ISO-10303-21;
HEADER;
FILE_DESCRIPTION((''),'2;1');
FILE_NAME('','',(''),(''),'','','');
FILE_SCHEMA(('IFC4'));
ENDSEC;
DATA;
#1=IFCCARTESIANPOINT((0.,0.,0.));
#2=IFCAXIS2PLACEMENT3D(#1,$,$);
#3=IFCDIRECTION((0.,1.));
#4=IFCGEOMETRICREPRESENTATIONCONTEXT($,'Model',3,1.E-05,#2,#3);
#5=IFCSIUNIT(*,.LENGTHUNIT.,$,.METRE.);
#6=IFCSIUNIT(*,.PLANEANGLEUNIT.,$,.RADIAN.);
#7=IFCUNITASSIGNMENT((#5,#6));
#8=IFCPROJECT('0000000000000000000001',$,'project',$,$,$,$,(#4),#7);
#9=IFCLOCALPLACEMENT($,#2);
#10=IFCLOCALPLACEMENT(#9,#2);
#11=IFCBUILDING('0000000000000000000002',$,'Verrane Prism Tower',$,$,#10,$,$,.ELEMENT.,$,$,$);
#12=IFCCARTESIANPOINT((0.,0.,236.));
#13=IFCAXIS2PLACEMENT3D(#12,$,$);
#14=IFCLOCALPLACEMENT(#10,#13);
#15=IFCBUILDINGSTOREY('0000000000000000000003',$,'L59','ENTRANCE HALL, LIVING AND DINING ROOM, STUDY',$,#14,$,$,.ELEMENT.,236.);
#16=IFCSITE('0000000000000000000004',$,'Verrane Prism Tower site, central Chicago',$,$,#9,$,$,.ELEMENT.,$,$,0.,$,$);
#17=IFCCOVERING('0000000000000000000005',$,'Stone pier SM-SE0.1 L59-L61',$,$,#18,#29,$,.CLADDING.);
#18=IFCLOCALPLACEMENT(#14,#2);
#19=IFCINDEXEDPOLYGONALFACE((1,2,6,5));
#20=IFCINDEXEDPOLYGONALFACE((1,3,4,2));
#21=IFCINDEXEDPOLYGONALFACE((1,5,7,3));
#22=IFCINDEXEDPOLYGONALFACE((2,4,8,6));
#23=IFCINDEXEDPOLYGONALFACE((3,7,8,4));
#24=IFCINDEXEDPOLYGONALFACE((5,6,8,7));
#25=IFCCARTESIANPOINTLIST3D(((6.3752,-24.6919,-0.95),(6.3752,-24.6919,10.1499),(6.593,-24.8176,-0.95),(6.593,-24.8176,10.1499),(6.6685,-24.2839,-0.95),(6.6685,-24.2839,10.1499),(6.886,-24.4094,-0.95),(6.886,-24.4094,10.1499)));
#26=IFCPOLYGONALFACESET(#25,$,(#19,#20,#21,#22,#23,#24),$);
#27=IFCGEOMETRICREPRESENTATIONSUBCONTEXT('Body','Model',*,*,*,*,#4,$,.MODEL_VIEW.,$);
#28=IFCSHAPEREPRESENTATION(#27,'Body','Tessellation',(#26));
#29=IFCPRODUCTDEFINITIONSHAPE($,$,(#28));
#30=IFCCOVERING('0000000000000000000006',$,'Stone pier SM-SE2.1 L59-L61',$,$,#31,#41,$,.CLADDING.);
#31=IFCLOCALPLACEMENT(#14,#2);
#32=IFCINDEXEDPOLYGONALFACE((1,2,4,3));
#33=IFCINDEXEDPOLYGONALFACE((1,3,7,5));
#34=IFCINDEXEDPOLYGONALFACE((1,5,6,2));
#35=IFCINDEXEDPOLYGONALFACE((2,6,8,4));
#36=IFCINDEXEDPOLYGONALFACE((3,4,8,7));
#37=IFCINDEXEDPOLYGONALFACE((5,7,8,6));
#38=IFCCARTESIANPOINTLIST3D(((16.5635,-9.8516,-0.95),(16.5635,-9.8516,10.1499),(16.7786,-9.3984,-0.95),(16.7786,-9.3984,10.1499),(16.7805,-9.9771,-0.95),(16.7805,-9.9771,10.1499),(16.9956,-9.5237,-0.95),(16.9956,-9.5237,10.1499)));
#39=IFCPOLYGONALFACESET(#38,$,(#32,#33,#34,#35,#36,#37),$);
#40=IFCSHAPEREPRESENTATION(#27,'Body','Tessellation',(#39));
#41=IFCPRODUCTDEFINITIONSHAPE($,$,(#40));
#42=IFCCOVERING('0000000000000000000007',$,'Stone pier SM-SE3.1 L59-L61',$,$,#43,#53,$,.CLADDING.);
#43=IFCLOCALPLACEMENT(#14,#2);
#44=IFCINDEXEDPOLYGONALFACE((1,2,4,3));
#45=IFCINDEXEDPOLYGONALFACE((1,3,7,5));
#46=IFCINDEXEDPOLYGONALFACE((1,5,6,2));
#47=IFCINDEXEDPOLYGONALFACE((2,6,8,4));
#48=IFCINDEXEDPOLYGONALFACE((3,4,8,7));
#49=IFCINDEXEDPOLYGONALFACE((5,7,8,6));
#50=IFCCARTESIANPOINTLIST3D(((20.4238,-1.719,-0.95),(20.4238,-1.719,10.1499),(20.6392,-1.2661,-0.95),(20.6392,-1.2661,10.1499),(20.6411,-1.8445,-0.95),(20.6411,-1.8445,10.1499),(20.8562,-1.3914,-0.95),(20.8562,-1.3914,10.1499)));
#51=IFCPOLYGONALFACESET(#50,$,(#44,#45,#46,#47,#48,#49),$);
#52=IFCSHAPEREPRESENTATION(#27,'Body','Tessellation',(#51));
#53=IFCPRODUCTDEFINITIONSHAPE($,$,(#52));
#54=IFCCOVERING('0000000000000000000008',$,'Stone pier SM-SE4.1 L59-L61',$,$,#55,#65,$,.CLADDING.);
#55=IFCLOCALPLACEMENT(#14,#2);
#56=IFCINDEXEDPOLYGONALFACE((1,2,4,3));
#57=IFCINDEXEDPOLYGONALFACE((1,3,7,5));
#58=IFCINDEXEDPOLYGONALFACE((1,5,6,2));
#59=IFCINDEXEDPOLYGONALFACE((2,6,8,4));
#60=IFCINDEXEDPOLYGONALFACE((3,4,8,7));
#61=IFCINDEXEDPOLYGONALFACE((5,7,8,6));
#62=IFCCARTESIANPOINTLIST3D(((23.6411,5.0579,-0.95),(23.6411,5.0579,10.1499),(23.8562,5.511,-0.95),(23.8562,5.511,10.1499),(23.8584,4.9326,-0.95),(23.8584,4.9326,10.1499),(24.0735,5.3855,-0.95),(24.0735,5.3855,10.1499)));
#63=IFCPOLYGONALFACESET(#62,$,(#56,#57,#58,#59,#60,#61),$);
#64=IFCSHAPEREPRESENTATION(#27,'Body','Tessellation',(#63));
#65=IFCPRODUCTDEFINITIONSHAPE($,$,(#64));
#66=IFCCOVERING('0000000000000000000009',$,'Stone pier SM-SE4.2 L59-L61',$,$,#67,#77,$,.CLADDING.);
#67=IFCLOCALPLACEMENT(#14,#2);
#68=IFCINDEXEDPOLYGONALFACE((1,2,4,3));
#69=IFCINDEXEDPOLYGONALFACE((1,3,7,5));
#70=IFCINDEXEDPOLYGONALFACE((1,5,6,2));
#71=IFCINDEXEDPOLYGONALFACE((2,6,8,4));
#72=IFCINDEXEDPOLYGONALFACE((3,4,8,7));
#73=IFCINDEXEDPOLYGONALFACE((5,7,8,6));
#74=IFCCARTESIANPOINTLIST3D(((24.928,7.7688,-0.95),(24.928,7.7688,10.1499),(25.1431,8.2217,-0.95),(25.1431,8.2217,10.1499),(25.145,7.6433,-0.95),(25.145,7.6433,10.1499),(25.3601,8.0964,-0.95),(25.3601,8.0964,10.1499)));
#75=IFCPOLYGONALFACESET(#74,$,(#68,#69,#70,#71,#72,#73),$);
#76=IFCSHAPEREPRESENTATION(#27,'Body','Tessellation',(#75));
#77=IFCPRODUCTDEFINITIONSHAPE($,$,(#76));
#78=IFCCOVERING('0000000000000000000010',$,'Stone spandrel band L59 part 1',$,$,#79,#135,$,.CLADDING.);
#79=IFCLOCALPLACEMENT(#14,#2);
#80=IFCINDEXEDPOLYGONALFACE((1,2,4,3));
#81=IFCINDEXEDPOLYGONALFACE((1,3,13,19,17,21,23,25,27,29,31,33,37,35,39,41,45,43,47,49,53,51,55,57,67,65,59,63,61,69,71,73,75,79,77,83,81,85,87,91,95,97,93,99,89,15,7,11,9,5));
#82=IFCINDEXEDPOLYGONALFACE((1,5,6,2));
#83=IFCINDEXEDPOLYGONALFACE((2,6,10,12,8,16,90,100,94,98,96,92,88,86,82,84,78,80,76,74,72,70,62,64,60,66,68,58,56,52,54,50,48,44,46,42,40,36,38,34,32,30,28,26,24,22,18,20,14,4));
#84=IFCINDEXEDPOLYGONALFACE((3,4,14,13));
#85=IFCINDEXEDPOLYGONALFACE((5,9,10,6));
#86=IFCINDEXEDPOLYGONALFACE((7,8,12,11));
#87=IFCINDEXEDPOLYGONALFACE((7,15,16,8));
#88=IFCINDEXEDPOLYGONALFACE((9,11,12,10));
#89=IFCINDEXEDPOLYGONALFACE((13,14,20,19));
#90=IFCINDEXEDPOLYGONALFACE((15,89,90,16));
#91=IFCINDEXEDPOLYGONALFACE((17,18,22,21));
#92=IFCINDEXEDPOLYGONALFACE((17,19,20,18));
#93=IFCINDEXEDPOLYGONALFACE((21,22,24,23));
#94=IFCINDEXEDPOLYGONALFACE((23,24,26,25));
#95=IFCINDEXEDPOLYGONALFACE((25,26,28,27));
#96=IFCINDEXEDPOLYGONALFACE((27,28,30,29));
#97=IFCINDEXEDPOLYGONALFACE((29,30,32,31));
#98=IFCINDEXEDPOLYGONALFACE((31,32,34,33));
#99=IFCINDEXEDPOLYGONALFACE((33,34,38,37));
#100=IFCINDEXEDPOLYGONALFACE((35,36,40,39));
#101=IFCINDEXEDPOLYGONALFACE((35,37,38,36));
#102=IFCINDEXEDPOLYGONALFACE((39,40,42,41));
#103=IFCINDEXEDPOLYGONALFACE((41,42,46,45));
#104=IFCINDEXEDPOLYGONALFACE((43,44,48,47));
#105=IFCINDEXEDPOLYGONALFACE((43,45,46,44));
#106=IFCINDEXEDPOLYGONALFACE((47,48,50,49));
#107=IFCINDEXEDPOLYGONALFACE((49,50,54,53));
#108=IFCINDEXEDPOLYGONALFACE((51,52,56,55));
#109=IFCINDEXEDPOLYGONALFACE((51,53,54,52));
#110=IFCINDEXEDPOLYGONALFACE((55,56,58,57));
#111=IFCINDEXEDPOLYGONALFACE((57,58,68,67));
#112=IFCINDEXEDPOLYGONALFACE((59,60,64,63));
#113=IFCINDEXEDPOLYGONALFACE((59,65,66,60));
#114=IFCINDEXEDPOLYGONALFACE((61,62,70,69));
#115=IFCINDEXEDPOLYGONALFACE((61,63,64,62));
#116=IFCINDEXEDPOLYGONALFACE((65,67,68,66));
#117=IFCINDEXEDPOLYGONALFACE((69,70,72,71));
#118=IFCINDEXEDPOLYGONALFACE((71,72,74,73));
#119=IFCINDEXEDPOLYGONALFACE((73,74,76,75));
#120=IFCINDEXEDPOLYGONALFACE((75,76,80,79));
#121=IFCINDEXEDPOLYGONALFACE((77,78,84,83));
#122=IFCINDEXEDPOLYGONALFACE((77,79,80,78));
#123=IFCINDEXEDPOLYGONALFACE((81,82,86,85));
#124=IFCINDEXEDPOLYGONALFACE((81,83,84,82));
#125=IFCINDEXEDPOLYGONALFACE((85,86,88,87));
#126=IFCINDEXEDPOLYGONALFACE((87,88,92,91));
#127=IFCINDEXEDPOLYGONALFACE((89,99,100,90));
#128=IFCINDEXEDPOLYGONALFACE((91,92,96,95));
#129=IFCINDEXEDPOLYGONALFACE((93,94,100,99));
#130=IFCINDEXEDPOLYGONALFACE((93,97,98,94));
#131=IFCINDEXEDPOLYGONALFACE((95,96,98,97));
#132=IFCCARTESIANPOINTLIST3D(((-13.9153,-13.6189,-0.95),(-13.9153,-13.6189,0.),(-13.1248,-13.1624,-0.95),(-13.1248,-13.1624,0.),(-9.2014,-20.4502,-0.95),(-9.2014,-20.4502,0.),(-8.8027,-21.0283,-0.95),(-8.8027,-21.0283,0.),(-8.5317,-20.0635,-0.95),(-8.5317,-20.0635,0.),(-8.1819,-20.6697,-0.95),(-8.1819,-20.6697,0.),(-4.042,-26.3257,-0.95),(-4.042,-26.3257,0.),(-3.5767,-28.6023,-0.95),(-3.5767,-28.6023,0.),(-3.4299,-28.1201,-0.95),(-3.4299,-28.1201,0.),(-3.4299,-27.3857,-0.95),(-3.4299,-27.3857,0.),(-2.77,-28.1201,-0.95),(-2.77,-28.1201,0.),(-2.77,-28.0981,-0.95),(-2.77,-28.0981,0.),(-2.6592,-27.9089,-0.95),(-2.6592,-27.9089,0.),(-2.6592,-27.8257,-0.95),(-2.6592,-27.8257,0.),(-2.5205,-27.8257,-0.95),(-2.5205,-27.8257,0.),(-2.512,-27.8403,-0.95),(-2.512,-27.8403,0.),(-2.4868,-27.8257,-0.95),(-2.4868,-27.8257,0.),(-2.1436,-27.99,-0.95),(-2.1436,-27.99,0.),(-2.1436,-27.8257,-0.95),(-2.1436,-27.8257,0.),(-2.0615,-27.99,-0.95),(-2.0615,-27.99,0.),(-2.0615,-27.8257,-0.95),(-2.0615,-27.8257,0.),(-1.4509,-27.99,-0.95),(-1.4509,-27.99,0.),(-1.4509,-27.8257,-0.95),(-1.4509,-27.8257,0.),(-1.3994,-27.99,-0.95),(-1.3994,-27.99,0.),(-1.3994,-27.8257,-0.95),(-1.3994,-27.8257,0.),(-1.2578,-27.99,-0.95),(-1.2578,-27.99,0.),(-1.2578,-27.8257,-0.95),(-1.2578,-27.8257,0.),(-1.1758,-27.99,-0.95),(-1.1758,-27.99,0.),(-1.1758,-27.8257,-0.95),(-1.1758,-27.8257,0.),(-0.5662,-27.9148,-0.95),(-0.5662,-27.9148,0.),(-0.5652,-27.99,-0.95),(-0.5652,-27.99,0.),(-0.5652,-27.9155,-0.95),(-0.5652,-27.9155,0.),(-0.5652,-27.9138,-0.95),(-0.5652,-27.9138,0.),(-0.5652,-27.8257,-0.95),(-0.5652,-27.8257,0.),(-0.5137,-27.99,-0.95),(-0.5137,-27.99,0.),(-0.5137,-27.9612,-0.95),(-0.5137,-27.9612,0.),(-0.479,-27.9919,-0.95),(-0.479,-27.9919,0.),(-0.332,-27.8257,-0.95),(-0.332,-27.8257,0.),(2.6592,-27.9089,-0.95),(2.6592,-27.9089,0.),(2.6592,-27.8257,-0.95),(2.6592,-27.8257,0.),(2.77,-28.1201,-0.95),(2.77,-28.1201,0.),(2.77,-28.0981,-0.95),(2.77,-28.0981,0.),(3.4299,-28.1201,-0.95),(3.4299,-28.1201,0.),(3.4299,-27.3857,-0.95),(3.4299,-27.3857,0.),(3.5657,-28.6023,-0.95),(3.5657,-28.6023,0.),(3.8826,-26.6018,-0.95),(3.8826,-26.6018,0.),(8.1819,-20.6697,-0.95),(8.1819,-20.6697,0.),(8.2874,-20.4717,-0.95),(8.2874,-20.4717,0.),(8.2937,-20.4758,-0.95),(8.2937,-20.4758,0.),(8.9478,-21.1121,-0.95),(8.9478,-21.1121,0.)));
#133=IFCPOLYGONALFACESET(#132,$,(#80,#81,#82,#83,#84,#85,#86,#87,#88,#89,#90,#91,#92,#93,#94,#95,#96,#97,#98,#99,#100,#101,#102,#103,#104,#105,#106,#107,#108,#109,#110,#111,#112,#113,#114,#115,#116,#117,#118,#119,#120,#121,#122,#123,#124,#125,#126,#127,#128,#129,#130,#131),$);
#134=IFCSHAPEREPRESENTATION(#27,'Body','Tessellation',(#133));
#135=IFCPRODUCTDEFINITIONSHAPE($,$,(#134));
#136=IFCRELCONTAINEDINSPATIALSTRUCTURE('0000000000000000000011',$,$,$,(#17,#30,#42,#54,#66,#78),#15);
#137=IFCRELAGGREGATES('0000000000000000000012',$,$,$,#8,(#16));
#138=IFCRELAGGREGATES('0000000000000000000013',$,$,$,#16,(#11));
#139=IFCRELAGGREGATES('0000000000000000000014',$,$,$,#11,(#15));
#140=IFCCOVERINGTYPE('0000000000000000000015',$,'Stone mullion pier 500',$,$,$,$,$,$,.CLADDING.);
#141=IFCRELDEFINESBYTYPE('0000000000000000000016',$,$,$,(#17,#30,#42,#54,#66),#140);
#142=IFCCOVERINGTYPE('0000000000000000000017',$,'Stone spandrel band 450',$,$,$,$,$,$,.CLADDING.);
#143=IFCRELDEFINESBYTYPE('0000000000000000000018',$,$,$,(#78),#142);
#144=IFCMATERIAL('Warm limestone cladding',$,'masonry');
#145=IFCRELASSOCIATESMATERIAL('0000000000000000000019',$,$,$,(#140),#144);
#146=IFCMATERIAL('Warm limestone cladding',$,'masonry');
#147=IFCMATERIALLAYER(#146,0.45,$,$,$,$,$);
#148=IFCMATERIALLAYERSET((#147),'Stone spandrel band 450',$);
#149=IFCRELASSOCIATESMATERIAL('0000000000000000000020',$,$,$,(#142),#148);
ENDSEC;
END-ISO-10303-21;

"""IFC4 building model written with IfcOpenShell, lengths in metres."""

from ifc_helpers import new_model, si_unit, direction, frame, origin, place, context, subcontext, project, spatial, polyline, outline, extrude, material, layer, layer_set, type_object, element, save


model = new_model("IFC4")

# Units and contexts
model_context = context("Model", 3, precision=1e-05, world=origin(), true_north=direction((0.0, 1.0)))
body_context = subcontext(model_context, "Body", "Model", "MODEL_VIEW")
ifc_project = project(units=[si_unit("LENGTHUNIT", "METRE"), si_unit("PLANEANGLEUNIT", "RADIAN")], contexts=[model_context])

# Site, building, storey
site_placement = place(None, origin())
site = spatial("IfcSite", under=ifc_project, at=site_placement, Name="Verrane Prism Tower site, central Chicago", CompositionType="ELEMENT", RefElevation=0.0)
building_placement = place(site_placement, origin())
building = spatial("IfcBuilding", under=site, at=building_placement, Name="Verrane Prism Tower", CompositionType="ELEMENT")
storey_placement = place(building_placement, frame((0.0, 0.0, 236.0)))
storey = spatial("IfcBuildingStorey", under=building, at=storey_placement, Name="L59", Description="ENTRANCE HALL, LIVING AND DINING ROOM, STUDY", CompositionType="ELEMENT", Elevation=236.0)

# Coverings
ifc_material_1 = material(Name="Warm limestone cladding", Category="masonry")
covering_type_1 = type_object("IfcCoveringType", Name="Stone mullion pier 500", PredefinedType="CLADDING", material=ifc_material_1)
covering_1_placement = place(storey_placement, frame((0.0, 0.0, -0.95)))
element("IfcCovering", 1, at=covering_1_placement, inside=storey, type_object=covering_type_1, Name="Stone pier SM-SE0.1 L59-L61", PredefinedType="CLADDING", context=body_context, shape_type="SweptSolid", body=[
    extrude(outline(polyline([(6.6685, -24.2839), (6.3752, -24.6919), (6.593, -24.8176), (6.886, -24.4094), (6.6685, -24.2839)])), origin(), (0.0, 0.0, 1.0), 11.0999),
])
covering_2_placement = place(storey_placement, frame((0.0, 0.0, -0.95)))
element("IfcCovering", 2, at=covering_2_placement, inside=storey, type_object=covering_type_1, Name="Stone pier SM-SE2.1 L59-L61", PredefinedType="CLADDING", context=body_context, shape_type="SweptSolid", body=[
    extrude(outline(polyline([(16.7786, -9.3984), (16.5635, -9.8516), (16.7805, -9.9771), (16.9956, -9.5237), (16.7786, -9.3984)])), origin(), (0.0, 0.0, 1.0), 11.0999),
])
covering_3_placement = place(storey_placement, frame((0.0, 0.0, -0.95)))
element("IfcCovering", 3, at=covering_3_placement, inside=storey, type_object=covering_type_1, Name="Stone pier SM-SE3.1 L59-L61", PredefinedType="CLADDING", context=body_context, shape_type="SweptSolid", body=[
    extrude(outline(polyline([(20.6392, -1.2661), (20.4238, -1.719), (20.6411, -1.8445), (20.8562, -1.3914), (20.6392, -1.2661)])), origin(), (0.0, 0.0, 1.0), 11.0999),
])
covering_4_placement = place(storey_placement, frame((0.0, 0.0, -0.95)))
element("IfcCovering", 4, at=covering_4_placement, inside=storey, type_object=covering_type_1, Name="Stone pier SM-SE4.1 L59-L61", PredefinedType="CLADDING", context=body_context, shape_type="SweptSolid", body=[
    extrude(outline(polyline([(23.8562, 5.511), (23.6411, 5.0579), (23.8584, 4.9326), (24.0735, 5.3855), (23.8562, 5.511)])), origin(), (0.0, 0.0, 1.0), 11.0999),
])
covering_5_placement = place(storey_placement, frame((0.0, 0.0, -0.95)))
element("IfcCovering", 5, at=covering_5_placement, inside=storey, type_object=covering_type_1, Name="Stone pier SM-SE4.2 L59-L61", PredefinedType="CLADDING", context=body_context, shape_type="SweptSolid", body=[
    extrude(outline(polyline([(25.1431, 8.2217), (24.928, 7.7688), (25.145, 7.6433), (25.3601, 8.0964), (25.1431, 8.2217)])), origin(), (0.0, 0.0, 1.0), 11.0999),
])
ifc_material_2 = material(Name="Warm limestone cladding", Category="masonry")
ifc_layer_1 = layer(ifc_material_2, 0.45)
ifc_layer_set_1 = layer_set([ifc_layer_1], Name="Stone spandrel band 450")
covering_type_2 = type_object("IfcCoveringType", Name="Stone spandrel band 450", PredefinedType="CLADDING", material=ifc_layer_set_1)
covering_6_placement = place(storey_placement, frame((0.0, 0.0, -0.95)))
element("IfcCovering", 6, at=covering_6_placement, inside=storey, type_object=covering_type_2, Name="Stone spandrel band L59 part 1", PredefinedType="CLADDING", context=body_context, shape_type="SweptSolid", body=[
    extrude(outline(polyline([(3.5657, -28.6023), (8.9478, -21.1121), (8.1819, -20.6697), (8.2937, -20.4758), (8.2874, -20.4717), (3.8826, -26.6018), (3.4299, -27.3857), (3.4299, -28.1201), (2.77, -28.1201), (2.77, -28.0981), (2.6592, -27.9089), (2.6592, -27.8257), (-0.332, -27.8257), (-0.479, -27.9919), (-0.5137, -27.9612), (-0.5137, -27.99), (-0.5652, -27.99), (-0.5652, -27.9155), (-0.5662, -27.9148), (-0.5652, -27.9138), (-0.5652, -27.8257), (-1.1758, -27.8257), (-1.1758, -27.99), (-1.2578, -27.99), (-1.2578, -27.8257), (-1.3994, -27.8257), (-1.3994, -27.99), (-1.4509, -27.99), (-1.4509, -27.8257), (-2.0615, -27.8257), (-2.0615, -27.99), (-2.1436, -27.99), (-2.1436, -27.8257), (-2.4868, -27.8257), (-2.512, -27.8403), (-2.5205, -27.8257), (-2.6592, -27.8257), (-2.6592, -27.9089), (-2.77, -28.0981), (-2.77, -28.1201), (-3.4299, -28.1201), (-3.4299, -27.3857), (-4.042, -26.3257), (-13.1248, -13.1624), (-13.9153, -13.6189), (-9.2014, -20.4502), (-8.5317, -20.0635), (-8.1819, -20.6697), (-8.8027, -21.0283), (-3.5767, -28.6023), (3.5657, -28.6023)])), origin(), (0.0, 0.0, 1.0), 0.95),
])

save(model, "model.ifc")
